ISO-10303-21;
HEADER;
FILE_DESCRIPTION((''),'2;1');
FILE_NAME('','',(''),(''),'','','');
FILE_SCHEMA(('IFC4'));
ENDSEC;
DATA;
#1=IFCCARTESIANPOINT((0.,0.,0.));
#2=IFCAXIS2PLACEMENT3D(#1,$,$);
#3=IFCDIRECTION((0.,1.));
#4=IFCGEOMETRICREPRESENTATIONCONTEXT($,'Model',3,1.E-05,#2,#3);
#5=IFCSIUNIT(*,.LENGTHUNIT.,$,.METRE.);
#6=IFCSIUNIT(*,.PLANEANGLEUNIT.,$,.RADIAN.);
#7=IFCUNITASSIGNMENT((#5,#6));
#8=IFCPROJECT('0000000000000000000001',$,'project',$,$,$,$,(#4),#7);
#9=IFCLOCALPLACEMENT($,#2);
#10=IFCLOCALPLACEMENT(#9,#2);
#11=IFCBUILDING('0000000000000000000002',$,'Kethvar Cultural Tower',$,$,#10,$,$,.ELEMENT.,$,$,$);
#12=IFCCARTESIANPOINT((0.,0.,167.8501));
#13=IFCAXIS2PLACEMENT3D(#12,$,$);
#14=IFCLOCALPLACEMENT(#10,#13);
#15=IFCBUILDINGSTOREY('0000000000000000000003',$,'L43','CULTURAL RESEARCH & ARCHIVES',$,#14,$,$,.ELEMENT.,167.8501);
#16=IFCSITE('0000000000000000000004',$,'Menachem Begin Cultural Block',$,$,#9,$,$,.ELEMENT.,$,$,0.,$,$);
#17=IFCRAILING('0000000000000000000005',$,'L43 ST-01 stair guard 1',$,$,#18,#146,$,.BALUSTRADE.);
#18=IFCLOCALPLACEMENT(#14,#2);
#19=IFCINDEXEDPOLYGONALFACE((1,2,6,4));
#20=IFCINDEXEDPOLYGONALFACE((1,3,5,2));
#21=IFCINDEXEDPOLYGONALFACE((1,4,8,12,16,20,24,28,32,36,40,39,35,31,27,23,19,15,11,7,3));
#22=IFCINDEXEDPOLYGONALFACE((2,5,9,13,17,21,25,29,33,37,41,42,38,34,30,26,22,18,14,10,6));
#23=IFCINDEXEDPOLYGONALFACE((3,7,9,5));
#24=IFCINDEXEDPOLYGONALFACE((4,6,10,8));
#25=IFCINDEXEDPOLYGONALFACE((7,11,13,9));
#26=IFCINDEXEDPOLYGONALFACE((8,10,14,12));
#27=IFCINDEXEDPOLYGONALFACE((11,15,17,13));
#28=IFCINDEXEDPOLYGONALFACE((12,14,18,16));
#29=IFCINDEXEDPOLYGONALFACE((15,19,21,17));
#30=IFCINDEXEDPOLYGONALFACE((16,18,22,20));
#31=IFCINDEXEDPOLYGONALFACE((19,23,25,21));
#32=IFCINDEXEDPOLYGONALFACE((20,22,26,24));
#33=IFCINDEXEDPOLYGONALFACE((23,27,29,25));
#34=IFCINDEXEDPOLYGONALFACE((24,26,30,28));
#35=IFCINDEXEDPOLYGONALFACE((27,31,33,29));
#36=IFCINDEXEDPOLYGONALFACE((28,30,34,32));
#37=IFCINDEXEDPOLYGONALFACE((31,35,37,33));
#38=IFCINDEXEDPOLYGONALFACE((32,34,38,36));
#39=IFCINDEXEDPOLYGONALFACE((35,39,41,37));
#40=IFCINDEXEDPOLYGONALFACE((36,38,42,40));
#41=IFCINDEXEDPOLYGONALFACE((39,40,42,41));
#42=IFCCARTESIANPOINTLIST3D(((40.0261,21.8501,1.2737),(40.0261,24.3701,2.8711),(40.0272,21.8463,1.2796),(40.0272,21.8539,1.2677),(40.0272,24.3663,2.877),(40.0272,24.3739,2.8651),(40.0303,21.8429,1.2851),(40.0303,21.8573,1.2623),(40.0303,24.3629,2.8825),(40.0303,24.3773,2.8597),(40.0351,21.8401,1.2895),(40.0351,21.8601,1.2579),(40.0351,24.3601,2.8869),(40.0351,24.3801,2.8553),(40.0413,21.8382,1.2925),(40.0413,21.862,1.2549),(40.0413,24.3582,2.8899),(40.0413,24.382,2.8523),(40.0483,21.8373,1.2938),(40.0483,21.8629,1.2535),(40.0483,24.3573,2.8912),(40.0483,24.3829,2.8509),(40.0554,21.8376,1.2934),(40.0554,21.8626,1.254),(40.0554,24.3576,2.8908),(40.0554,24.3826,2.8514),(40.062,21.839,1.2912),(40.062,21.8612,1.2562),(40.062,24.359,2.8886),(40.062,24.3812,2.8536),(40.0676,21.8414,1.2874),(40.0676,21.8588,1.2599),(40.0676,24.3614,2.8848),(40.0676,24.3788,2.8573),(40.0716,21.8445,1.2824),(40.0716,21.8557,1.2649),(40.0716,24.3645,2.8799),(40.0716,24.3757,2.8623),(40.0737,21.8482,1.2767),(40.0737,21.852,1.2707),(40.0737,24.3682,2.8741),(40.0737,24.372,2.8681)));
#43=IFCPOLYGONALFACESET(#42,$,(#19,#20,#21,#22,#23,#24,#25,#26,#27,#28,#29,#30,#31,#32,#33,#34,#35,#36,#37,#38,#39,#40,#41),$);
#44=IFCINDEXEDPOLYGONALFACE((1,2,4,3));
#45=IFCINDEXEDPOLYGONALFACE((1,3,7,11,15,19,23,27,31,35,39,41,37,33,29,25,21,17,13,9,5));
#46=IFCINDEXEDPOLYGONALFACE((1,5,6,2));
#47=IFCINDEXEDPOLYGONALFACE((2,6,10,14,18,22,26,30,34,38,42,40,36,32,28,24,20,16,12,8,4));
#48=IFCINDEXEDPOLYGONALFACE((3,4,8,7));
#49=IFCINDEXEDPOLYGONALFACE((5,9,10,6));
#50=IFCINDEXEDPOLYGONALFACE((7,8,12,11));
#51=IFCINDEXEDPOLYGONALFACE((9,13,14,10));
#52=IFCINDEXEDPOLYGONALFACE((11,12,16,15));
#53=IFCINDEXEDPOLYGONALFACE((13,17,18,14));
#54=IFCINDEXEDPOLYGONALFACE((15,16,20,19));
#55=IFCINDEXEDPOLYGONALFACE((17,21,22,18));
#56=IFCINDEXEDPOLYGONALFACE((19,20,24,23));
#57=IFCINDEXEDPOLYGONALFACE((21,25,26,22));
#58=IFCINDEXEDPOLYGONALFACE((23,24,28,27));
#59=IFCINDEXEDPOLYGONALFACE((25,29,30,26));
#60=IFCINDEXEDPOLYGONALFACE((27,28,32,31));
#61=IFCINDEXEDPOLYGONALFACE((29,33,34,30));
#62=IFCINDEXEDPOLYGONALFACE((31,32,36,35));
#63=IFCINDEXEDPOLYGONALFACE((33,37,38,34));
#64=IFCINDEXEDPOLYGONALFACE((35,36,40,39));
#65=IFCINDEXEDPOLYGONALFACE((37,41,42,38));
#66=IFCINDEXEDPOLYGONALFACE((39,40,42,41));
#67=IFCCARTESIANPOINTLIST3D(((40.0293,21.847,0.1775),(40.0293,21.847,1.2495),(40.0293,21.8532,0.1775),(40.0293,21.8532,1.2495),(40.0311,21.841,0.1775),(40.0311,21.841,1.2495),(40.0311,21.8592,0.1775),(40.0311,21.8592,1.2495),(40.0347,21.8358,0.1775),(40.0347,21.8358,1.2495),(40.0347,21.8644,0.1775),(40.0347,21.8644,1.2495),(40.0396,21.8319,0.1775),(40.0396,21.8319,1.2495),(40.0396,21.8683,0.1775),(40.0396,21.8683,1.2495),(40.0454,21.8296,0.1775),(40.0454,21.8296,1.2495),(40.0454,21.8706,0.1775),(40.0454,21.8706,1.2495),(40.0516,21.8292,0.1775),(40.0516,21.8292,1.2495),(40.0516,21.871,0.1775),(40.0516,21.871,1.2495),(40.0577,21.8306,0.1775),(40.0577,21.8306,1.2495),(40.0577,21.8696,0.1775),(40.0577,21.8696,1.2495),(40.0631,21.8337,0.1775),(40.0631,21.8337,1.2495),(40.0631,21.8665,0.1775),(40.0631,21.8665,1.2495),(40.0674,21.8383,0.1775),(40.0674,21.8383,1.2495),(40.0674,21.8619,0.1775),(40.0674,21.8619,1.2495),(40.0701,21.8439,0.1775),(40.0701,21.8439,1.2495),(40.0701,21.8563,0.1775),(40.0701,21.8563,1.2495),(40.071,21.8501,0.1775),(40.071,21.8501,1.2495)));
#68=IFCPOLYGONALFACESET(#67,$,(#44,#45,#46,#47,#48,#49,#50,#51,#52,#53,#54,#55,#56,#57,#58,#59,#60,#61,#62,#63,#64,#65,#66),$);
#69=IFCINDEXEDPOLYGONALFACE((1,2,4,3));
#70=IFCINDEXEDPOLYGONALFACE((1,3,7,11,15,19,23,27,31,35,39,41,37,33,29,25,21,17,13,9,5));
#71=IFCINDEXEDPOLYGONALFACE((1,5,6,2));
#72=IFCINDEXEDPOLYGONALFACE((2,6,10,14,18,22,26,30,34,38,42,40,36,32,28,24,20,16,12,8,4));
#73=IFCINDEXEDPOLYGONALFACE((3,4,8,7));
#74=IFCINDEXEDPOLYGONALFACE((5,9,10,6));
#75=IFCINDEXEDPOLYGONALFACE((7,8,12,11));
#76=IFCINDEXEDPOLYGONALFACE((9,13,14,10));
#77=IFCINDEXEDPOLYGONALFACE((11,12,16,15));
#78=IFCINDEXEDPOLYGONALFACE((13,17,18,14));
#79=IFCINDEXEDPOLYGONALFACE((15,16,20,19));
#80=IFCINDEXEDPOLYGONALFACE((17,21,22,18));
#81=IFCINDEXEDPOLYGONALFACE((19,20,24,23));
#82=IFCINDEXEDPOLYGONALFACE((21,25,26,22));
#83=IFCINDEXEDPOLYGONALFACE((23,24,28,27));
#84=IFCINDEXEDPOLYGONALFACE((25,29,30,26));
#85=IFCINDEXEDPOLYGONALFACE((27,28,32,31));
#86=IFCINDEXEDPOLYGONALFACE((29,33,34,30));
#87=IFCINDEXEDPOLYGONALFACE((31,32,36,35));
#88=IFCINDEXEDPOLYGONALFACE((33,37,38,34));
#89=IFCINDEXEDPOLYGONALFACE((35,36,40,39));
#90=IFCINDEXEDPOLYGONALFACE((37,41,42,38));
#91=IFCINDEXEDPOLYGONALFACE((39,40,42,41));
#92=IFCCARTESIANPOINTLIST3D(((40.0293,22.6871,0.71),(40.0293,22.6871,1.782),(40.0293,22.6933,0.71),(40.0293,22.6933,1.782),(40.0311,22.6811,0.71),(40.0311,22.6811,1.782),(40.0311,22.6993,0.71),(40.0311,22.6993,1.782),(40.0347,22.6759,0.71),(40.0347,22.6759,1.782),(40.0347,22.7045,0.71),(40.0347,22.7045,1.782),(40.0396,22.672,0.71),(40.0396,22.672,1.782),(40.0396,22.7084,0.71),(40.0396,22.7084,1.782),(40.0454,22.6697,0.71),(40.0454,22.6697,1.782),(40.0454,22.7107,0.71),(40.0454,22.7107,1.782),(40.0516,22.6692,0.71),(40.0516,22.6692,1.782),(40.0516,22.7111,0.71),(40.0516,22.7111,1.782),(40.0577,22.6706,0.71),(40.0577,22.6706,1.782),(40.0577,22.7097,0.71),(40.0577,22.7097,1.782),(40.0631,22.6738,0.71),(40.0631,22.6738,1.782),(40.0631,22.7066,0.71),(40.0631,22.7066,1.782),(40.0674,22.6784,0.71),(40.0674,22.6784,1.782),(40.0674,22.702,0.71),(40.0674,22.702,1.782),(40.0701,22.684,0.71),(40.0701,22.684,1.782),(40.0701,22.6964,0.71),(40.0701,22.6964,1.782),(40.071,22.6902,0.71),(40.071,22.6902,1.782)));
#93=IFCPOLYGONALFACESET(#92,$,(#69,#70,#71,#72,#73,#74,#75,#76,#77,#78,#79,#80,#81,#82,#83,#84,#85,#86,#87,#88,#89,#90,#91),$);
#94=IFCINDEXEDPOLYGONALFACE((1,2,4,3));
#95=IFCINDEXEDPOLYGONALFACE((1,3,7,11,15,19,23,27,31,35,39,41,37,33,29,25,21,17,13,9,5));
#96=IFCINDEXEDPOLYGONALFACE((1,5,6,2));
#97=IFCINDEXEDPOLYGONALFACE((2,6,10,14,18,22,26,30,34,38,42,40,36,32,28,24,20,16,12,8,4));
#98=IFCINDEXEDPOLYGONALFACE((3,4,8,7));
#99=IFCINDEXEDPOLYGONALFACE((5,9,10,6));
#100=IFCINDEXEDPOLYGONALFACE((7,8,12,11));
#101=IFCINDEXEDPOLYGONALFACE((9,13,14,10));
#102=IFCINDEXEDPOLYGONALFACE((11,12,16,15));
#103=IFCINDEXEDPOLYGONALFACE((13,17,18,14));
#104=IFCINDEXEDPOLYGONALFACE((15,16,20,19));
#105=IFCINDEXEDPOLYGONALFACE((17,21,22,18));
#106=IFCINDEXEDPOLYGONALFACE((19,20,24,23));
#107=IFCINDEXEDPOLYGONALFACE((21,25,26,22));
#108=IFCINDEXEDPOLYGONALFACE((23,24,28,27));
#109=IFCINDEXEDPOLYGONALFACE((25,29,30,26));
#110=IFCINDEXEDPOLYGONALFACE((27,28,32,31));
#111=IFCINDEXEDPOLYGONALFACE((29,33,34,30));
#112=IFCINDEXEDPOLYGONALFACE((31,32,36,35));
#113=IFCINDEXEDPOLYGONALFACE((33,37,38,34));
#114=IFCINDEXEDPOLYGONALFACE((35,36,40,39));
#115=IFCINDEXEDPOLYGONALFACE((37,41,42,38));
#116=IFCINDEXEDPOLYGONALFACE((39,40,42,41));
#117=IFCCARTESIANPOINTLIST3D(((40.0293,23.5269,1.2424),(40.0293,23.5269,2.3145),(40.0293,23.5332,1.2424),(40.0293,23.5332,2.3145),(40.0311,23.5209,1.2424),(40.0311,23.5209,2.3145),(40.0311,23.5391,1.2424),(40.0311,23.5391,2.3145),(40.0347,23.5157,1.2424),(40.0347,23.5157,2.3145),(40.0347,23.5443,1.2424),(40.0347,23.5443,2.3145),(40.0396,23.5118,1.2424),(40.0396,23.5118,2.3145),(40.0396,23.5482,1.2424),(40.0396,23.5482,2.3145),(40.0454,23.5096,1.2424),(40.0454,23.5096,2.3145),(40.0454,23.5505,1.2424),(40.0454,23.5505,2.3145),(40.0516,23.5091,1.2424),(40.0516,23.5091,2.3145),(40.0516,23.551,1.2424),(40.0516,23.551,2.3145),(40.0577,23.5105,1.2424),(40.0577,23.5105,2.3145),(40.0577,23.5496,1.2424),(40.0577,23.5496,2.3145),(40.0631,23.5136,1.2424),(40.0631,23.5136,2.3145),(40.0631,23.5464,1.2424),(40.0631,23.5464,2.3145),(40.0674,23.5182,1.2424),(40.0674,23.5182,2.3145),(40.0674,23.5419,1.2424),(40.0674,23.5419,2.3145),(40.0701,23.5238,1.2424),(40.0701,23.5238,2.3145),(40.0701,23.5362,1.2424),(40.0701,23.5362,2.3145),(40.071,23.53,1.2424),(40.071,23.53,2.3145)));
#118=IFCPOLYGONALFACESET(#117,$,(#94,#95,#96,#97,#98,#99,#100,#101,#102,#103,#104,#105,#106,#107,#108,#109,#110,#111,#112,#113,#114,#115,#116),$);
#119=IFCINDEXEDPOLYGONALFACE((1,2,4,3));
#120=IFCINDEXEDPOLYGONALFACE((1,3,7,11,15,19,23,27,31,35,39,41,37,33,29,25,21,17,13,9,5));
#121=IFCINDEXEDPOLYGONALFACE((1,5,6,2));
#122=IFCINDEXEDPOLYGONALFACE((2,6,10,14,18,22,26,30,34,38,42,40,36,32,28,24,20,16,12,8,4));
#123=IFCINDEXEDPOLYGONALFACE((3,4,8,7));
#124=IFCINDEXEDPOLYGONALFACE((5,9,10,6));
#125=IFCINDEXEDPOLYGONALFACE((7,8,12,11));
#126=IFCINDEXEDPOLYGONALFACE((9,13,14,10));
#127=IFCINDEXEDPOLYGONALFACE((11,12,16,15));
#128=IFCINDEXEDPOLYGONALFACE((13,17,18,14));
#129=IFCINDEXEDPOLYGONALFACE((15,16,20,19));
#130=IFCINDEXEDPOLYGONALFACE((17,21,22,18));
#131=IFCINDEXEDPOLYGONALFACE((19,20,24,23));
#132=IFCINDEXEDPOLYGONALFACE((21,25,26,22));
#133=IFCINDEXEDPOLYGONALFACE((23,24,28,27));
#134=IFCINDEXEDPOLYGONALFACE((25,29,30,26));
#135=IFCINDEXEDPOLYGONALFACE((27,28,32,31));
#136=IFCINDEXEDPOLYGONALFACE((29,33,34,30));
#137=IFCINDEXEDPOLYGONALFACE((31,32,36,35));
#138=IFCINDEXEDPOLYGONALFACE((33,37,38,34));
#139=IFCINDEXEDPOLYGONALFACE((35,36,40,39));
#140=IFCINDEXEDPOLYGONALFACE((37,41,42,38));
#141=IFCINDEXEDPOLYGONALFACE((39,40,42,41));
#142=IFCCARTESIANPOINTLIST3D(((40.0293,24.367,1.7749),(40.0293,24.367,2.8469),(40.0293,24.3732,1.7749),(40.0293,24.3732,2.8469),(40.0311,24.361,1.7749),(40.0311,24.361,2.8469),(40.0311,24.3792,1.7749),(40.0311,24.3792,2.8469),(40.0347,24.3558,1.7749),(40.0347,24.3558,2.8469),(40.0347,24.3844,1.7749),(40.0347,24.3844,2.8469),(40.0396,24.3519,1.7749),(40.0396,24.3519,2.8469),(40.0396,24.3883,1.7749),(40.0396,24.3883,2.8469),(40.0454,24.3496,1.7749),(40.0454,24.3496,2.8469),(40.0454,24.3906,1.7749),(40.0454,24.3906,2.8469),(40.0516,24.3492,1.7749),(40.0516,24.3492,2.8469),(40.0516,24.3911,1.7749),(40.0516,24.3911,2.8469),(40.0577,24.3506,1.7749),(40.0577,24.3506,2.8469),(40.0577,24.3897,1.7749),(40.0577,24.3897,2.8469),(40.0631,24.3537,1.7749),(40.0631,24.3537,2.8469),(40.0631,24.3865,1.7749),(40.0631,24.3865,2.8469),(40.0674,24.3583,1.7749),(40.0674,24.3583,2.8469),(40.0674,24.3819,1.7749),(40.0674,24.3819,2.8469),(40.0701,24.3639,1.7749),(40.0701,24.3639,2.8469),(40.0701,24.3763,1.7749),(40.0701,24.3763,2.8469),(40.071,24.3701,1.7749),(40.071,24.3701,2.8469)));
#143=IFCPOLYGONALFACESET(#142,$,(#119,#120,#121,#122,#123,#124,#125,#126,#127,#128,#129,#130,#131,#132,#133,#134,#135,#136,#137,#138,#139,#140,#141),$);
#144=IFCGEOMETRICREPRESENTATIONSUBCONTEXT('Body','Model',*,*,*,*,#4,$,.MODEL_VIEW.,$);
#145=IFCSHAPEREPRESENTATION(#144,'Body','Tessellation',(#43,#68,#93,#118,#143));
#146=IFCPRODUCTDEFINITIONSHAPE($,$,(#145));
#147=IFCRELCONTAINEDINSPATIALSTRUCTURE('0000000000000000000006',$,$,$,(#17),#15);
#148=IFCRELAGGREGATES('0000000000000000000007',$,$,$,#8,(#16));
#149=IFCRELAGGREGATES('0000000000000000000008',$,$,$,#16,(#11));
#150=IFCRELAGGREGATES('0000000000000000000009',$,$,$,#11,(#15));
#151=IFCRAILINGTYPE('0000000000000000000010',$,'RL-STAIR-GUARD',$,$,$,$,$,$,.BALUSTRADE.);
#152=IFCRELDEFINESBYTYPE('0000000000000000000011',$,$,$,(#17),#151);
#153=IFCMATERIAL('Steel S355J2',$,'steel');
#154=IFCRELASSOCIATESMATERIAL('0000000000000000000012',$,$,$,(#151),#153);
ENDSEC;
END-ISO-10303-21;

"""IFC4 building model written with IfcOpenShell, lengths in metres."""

from ifc_helpers import new_model, si_unit, direction, frame, origin, origin_2d, place, context, subcontext, project, spatial, circle, extrude, material, type_object, element, save


model = new_model("IFC4")

# Units and contexts
model_context = context("Model", 3, precision=1e-05, world=origin(), true_north=direction((0.0, 1.0)))
body_context = subcontext(model_context, "Body", "Model", "MODEL_VIEW")
ifc_project = project(units=[si_unit("LENGTHUNIT", "METRE"), si_unit("PLANEANGLEUNIT", "RADIAN")], contexts=[model_context])

# Site, building, storey
site_placement = place(None, origin())
site = spatial("IfcSite", under=ifc_project, at=site_placement, Name="Menachem Begin Cultural Block", CompositionType="ELEMENT", RefElevation=0.0)
building_placement = place(site_placement, origin())
building = spatial("IfcBuilding", under=site, at=building_placement, Name="Kethvar Cultural Tower", CompositionType="ELEMENT")
storey_placement = place(building_placement, frame((0.0, 0.0, 167.8501)))
storey = spatial("IfcBuildingStorey", under=building, at=storey_placement, Name="L43", Description="CULTURAL RESEARCH & ARCHIVES", CompositionType="ELEMENT", Elevation=167.8501)

# Shared definitions
ifc_material_1 = material(Name="Steel S355J2", Category="steel")

# Railing
railing_type_1 = type_object("IfcRailingType", Name="RL-STAIR-GUARD", PredefinedType="BALUSTRADE", material=ifc_material_1)
railing_1_placement = place(storey_placement, frame((40.05, 21.8501, 0.1775)))
element("IfcRailing", 1, at=railing_1_placement, inside=storey, type_object=railing_type_1, Name="L43 ST-01 stair guard 1", PredefinedType="BALUSTRADE", context=body_context, shape_type="SweptSolid", body=[
    extrude(circle(Radius=0.0239, at=origin_2d()), frame((0.0, 0.0, 1.0962), z_axis=(0.0, 0.844607, 0.535387), x_axis=(-1.0, 0.0, 0.0)), (0.0, 0.0, 1.0), 2.9836),
    extrude(circle(Radius=0.021, at=origin_2d()), origin(), (0.0, 0.0, 1.0), 1.072),
    extrude(circle(Radius=0.021, at=origin_2d()), frame((0.0, 0.8401, 0.5325)), (0.0, 0.0, 1.0), 1.072),
    extrude(circle(Radius=0.021, at=origin_2d()), frame((0.0, 1.6799, 1.0649)), (0.0, 0.0, 1.0), 1.072),
    extrude(circle(Radius=0.021, at=origin_2d()), frame((0.0, 2.52, 1.5974)), (0.0, 0.0, 1.0), 1.072),
])

save(model, "model.ifc")
